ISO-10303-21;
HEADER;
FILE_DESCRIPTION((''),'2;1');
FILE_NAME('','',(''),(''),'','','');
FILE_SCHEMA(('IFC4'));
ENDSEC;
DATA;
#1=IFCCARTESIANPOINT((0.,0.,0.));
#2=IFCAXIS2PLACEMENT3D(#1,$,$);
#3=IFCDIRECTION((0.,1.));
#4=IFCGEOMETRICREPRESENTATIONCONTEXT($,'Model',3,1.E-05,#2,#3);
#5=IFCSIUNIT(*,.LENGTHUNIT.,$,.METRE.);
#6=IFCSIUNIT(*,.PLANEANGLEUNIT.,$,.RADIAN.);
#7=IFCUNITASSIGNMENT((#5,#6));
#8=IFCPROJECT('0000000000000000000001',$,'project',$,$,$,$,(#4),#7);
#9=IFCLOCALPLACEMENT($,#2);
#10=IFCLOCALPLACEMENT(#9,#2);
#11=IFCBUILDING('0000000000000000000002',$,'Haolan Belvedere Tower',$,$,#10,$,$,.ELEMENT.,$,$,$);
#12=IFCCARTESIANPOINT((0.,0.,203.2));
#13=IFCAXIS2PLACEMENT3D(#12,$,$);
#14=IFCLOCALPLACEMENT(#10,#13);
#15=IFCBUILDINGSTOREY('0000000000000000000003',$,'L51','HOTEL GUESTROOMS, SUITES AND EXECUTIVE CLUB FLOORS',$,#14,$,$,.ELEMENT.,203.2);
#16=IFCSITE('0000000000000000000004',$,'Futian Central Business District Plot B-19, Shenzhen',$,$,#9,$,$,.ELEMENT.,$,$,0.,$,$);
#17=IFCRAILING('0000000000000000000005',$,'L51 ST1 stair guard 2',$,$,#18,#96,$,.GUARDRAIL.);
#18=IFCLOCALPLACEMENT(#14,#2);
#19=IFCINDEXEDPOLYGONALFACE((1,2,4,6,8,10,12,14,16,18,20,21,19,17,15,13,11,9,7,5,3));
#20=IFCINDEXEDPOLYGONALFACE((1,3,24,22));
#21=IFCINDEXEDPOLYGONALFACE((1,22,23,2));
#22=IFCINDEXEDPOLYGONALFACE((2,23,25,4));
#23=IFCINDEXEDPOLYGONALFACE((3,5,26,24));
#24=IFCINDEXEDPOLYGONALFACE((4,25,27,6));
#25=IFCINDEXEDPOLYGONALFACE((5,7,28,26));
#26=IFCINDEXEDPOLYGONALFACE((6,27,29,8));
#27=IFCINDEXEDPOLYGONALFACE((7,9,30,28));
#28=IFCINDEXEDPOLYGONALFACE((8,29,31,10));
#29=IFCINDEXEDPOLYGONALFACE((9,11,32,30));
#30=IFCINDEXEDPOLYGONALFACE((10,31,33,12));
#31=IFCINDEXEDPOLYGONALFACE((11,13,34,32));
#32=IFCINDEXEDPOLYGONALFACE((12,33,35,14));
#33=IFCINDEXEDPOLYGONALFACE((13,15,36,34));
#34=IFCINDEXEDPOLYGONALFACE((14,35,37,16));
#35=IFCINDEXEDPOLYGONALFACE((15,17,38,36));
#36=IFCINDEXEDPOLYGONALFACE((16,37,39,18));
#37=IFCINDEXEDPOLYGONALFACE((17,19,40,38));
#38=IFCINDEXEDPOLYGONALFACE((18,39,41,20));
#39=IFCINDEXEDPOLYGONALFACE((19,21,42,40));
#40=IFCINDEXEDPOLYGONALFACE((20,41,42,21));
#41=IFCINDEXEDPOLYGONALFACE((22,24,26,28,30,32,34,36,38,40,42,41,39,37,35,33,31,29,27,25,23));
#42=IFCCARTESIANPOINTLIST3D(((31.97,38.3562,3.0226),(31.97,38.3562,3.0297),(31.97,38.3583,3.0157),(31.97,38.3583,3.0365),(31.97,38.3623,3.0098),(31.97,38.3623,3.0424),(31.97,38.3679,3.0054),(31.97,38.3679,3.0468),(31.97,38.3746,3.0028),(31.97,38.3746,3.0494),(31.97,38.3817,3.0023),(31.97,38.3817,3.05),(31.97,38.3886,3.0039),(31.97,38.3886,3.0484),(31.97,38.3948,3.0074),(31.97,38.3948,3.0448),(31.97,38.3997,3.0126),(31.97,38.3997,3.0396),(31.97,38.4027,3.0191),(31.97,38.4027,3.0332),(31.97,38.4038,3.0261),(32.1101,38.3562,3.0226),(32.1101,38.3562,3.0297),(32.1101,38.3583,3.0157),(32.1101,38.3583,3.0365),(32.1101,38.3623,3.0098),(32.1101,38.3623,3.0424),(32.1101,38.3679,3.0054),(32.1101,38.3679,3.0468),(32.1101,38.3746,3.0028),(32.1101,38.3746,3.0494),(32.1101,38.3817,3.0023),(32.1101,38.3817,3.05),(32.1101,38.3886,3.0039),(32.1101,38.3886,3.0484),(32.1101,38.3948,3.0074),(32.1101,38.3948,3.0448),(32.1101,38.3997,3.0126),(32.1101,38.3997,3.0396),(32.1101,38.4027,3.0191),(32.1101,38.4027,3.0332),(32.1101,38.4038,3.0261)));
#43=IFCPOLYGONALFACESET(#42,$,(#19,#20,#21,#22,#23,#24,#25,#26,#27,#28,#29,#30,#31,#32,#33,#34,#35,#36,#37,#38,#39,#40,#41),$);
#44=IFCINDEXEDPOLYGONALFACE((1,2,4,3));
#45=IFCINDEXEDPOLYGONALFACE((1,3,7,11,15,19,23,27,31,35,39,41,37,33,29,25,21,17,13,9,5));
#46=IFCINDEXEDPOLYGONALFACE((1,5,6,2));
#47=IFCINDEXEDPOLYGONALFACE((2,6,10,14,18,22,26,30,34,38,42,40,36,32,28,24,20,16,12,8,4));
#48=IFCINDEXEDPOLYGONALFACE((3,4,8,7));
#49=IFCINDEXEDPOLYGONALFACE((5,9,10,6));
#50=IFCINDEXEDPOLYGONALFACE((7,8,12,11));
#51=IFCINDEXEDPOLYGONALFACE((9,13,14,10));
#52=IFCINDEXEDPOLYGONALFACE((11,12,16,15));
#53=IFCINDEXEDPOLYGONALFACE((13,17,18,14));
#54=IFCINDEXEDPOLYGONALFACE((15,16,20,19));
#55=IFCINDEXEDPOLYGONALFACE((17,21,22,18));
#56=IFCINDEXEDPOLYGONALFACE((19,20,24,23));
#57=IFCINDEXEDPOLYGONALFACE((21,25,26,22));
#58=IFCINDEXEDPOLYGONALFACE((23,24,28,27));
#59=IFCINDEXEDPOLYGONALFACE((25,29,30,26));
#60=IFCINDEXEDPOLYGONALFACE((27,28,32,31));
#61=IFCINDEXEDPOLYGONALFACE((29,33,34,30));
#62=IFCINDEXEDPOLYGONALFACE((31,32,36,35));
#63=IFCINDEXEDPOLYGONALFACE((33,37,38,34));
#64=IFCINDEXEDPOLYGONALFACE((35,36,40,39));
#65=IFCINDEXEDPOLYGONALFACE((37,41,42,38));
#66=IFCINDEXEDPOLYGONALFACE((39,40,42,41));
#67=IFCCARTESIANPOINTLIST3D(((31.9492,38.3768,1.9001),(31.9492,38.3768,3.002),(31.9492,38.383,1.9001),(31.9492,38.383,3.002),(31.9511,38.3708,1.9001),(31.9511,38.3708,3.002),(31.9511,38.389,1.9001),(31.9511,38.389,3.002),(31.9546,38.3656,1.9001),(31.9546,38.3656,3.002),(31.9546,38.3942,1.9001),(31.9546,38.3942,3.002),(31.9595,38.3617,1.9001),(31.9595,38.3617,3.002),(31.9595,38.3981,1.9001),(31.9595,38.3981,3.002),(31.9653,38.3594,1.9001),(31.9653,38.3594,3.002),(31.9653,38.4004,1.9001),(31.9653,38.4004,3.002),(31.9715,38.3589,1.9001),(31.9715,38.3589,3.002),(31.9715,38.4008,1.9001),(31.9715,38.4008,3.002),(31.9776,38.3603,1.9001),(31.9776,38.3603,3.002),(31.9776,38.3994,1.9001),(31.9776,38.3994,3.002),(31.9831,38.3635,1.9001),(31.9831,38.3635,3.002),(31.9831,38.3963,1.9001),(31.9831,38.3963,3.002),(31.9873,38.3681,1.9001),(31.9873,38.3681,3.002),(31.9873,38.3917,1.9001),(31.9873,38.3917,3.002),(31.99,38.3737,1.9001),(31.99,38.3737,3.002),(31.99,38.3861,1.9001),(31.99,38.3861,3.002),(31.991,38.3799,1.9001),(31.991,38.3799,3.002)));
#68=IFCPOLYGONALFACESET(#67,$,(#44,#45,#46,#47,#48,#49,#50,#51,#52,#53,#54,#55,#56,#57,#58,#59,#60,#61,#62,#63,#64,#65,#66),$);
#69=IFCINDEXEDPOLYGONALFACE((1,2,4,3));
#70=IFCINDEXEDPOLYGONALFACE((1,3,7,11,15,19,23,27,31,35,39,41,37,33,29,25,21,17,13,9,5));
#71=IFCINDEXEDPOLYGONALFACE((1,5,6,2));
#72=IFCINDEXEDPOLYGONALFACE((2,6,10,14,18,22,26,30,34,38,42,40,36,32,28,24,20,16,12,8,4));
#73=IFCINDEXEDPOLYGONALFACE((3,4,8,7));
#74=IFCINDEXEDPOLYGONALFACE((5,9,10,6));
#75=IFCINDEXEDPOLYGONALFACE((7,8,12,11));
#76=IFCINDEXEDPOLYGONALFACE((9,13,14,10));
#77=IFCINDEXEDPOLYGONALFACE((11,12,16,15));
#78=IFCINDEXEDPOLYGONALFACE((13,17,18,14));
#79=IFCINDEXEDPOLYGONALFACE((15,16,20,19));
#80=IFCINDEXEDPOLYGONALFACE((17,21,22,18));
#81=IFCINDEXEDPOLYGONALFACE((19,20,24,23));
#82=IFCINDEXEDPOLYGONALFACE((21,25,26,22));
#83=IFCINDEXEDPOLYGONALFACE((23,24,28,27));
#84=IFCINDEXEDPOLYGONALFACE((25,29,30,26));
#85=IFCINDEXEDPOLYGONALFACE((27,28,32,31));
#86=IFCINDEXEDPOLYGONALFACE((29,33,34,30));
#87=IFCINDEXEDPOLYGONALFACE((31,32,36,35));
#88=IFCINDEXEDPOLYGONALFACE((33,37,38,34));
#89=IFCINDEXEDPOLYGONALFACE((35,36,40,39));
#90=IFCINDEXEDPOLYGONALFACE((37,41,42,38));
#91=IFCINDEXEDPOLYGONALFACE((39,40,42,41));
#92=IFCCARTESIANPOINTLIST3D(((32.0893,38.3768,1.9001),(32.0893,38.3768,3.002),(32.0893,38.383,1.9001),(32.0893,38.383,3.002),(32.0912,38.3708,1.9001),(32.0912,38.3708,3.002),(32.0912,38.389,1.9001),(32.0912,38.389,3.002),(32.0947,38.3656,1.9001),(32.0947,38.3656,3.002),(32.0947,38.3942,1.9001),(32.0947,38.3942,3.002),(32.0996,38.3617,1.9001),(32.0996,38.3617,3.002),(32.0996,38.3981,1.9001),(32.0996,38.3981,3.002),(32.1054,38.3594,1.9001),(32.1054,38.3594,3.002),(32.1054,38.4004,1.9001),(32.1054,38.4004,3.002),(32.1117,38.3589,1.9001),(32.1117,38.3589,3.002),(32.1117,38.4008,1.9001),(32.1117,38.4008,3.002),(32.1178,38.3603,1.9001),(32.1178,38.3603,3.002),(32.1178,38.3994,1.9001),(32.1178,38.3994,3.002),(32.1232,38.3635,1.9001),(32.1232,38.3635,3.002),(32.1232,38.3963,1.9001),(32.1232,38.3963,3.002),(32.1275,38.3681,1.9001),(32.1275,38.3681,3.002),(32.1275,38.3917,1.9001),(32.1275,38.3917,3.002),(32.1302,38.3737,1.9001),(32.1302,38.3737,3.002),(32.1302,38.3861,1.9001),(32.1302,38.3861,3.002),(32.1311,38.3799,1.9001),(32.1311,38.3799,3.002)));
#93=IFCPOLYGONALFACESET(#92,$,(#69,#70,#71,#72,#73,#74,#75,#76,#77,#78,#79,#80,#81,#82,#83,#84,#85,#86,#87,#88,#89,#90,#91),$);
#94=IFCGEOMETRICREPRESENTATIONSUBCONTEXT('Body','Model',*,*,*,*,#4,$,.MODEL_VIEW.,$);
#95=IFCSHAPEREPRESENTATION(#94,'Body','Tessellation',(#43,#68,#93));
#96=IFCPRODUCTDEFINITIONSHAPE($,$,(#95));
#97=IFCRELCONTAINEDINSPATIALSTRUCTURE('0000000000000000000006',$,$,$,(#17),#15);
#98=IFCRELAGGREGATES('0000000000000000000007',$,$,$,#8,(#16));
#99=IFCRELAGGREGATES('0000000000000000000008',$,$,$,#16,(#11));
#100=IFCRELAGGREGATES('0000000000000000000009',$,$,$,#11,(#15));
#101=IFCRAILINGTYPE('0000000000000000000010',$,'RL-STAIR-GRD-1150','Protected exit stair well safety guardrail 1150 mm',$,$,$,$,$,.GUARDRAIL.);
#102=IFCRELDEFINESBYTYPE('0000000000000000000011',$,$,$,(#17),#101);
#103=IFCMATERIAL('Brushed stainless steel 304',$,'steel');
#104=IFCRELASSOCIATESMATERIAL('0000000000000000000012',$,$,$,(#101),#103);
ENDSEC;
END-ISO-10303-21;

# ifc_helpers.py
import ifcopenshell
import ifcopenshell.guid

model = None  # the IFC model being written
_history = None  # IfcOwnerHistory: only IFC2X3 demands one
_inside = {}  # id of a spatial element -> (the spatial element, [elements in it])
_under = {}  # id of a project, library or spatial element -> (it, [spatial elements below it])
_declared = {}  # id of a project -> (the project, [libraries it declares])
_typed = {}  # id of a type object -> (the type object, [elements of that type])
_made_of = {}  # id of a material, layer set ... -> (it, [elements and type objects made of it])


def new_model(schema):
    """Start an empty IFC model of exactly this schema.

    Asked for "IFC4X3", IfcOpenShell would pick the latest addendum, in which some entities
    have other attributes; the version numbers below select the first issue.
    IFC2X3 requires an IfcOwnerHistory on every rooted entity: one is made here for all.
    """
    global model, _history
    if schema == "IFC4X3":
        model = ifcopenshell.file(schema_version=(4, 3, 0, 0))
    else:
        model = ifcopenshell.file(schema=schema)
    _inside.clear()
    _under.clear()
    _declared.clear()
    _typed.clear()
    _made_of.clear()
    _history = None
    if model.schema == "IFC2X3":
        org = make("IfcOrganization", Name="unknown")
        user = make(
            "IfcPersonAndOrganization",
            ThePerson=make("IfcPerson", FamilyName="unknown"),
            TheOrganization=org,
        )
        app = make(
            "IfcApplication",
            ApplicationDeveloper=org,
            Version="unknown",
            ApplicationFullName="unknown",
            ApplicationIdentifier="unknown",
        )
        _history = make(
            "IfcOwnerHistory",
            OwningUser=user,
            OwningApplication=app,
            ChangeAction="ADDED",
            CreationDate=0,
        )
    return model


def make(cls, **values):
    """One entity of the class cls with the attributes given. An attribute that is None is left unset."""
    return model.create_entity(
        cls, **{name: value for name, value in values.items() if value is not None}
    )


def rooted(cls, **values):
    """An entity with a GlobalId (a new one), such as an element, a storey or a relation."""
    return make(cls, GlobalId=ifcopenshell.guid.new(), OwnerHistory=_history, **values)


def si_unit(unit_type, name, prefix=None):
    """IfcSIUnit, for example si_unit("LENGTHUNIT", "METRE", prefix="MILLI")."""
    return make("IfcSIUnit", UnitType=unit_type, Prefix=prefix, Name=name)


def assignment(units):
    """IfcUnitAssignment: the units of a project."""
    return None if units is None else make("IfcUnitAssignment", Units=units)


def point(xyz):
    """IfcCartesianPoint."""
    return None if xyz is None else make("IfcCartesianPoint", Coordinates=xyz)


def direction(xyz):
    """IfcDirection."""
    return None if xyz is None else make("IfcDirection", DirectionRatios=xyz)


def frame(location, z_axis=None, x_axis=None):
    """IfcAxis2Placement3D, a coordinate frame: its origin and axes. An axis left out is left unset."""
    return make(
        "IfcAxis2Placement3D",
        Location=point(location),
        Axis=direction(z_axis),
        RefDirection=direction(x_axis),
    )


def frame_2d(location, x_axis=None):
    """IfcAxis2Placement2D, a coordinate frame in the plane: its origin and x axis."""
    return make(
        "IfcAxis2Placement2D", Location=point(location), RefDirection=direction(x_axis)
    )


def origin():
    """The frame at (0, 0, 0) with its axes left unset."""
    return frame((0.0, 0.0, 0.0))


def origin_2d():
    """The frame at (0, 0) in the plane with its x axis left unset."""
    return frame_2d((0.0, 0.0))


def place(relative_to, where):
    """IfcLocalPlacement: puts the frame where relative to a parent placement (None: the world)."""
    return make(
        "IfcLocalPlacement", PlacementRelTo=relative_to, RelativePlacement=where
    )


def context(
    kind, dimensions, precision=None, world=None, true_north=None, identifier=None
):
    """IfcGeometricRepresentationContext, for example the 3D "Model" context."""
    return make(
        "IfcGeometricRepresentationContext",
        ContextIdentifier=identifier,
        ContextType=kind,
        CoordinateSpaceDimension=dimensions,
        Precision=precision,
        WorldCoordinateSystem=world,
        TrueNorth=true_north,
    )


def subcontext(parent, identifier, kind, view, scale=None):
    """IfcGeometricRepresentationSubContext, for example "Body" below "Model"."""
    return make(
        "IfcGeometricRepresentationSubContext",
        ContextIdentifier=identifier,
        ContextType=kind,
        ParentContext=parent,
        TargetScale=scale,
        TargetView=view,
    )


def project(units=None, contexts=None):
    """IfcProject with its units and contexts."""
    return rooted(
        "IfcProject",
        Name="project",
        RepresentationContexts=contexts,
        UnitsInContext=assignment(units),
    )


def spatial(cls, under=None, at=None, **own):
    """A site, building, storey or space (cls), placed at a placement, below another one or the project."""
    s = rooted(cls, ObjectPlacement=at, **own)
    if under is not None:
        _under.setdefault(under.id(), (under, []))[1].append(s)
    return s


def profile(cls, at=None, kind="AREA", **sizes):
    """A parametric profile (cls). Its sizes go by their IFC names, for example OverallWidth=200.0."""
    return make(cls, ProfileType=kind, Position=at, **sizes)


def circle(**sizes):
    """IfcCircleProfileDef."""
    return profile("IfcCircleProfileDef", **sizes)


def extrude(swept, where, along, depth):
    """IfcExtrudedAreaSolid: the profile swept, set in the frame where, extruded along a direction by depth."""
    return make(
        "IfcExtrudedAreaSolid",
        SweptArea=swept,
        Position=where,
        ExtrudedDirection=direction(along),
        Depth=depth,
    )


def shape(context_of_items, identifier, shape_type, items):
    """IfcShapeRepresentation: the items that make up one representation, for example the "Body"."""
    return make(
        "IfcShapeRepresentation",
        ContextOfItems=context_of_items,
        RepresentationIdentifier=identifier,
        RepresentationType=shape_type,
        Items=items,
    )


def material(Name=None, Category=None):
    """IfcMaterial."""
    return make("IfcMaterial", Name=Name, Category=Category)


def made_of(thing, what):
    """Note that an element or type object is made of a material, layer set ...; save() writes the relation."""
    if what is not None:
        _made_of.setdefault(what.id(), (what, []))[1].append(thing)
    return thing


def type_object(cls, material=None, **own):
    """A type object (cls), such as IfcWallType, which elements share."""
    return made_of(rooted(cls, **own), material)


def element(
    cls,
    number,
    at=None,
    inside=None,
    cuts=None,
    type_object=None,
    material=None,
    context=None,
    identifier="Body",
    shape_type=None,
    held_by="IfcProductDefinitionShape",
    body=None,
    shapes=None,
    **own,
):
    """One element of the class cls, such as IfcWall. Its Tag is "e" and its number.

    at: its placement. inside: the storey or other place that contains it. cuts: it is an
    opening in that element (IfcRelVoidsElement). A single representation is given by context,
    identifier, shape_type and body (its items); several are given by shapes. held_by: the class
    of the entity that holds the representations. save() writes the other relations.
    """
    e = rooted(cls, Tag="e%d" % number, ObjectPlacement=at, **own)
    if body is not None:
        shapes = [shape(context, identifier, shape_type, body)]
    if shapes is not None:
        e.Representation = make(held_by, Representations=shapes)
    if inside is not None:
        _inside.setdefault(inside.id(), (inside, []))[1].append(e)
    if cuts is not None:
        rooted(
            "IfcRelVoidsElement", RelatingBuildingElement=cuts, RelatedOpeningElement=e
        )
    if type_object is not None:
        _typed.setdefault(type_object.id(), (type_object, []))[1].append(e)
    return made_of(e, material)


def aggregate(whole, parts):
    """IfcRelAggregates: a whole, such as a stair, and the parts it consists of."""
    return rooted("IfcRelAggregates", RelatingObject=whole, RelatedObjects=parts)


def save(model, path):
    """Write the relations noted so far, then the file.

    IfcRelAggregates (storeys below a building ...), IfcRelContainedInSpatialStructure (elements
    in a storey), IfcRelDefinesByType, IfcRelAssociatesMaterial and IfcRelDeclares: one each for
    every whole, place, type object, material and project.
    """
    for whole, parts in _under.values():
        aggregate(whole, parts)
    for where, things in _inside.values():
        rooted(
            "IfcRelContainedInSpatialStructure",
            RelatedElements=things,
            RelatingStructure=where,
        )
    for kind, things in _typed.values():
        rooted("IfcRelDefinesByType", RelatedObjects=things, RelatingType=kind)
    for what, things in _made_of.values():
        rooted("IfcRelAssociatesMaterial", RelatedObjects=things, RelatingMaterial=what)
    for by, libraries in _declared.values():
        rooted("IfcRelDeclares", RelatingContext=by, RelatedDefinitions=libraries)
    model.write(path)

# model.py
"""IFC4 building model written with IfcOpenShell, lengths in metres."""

from ifc_helpers import new_model, si_unit, direction, frame, origin, origin_2d, place, context, subcontext, project, spatial, circle, extrude, material, type_object, element, save


model = new_model("IFC4")

# Units and contexts
model_context = context("Model", 3, precision=1e-05, world=origin(), true_north=direction((0.0, 1.0)))
body_context = subcontext(model_context, "Body", "Model", "MODEL_VIEW")
ifc_project = project(units=[si_unit("LENGTHUNIT", "METRE"), si_unit("PLANEANGLEUNIT", "RADIAN")], contexts=[model_context])

# Site, building, storey
site_placement = place(None, origin())
site = spatial("IfcSite", under=ifc_project, at=site_placement, Name="Futian Central Business District Plot B-19, Shenzhen", CompositionType="ELEMENT", RefElevation=0.0)
building_placement = place(site_placement, origin())
building = spatial("IfcBuilding", under=site, at=building_placement, Name="Haolan Belvedere Tower", CompositionType="ELEMENT")
storey_placement = place(building_placement, frame((0.0, 0.0, 203.2)))
storey = spatial("IfcBuildingStorey", under=building, at=storey_placement, Name="L51", Description="HOTEL GUESTROOMS, SUITES AND EXECUTIVE CLUB FLOORS", CompositionType="ELEMENT", Elevation=203.2)

# Railing
ifc_material_1 = material(Name="Brushed stainless steel 304", Category="steel")
railing_type_1 = type_object("IfcRailingType", Name="RL-STAIR-GRD-1150", Description="Protected exit stair well safety guardrail 1150 mm", PredefinedType="GUARDRAIL", material=ifc_material_1)
railing_1_placement = place(storey_placement, frame((31.97, 38.3799, 1.9001)))
element("IfcRailing", 1, at=railing_1_placement, inside=storey, type_object=railing_type_1, Name="L51 ST1 stair guard 2", PredefinedType="GUARDRAIL", context=body_context, shape_type="SweptSolid", body=[
    extrude(circle(Radius=0.0239, at=origin_2d()), frame((0.0, 0.0, 1.126), z_axis=(1.0, 0.0, 0.0), x_axis=(0.0, 1.0, 0.0)), (0.0, 0.0, 1.0), 0.1401),
    extrude(circle(Radius=0.021, at=origin_2d()), origin(), (0.0, 0.0, 1.0), 1.1018),
    extrude(circle(Radius=0.021, at=origin_2d()), frame((0.1401, 0.0, 0.0)), (0.0, 0.0, 1.0), 1.1018),
])

save(model, "model.ifc")
